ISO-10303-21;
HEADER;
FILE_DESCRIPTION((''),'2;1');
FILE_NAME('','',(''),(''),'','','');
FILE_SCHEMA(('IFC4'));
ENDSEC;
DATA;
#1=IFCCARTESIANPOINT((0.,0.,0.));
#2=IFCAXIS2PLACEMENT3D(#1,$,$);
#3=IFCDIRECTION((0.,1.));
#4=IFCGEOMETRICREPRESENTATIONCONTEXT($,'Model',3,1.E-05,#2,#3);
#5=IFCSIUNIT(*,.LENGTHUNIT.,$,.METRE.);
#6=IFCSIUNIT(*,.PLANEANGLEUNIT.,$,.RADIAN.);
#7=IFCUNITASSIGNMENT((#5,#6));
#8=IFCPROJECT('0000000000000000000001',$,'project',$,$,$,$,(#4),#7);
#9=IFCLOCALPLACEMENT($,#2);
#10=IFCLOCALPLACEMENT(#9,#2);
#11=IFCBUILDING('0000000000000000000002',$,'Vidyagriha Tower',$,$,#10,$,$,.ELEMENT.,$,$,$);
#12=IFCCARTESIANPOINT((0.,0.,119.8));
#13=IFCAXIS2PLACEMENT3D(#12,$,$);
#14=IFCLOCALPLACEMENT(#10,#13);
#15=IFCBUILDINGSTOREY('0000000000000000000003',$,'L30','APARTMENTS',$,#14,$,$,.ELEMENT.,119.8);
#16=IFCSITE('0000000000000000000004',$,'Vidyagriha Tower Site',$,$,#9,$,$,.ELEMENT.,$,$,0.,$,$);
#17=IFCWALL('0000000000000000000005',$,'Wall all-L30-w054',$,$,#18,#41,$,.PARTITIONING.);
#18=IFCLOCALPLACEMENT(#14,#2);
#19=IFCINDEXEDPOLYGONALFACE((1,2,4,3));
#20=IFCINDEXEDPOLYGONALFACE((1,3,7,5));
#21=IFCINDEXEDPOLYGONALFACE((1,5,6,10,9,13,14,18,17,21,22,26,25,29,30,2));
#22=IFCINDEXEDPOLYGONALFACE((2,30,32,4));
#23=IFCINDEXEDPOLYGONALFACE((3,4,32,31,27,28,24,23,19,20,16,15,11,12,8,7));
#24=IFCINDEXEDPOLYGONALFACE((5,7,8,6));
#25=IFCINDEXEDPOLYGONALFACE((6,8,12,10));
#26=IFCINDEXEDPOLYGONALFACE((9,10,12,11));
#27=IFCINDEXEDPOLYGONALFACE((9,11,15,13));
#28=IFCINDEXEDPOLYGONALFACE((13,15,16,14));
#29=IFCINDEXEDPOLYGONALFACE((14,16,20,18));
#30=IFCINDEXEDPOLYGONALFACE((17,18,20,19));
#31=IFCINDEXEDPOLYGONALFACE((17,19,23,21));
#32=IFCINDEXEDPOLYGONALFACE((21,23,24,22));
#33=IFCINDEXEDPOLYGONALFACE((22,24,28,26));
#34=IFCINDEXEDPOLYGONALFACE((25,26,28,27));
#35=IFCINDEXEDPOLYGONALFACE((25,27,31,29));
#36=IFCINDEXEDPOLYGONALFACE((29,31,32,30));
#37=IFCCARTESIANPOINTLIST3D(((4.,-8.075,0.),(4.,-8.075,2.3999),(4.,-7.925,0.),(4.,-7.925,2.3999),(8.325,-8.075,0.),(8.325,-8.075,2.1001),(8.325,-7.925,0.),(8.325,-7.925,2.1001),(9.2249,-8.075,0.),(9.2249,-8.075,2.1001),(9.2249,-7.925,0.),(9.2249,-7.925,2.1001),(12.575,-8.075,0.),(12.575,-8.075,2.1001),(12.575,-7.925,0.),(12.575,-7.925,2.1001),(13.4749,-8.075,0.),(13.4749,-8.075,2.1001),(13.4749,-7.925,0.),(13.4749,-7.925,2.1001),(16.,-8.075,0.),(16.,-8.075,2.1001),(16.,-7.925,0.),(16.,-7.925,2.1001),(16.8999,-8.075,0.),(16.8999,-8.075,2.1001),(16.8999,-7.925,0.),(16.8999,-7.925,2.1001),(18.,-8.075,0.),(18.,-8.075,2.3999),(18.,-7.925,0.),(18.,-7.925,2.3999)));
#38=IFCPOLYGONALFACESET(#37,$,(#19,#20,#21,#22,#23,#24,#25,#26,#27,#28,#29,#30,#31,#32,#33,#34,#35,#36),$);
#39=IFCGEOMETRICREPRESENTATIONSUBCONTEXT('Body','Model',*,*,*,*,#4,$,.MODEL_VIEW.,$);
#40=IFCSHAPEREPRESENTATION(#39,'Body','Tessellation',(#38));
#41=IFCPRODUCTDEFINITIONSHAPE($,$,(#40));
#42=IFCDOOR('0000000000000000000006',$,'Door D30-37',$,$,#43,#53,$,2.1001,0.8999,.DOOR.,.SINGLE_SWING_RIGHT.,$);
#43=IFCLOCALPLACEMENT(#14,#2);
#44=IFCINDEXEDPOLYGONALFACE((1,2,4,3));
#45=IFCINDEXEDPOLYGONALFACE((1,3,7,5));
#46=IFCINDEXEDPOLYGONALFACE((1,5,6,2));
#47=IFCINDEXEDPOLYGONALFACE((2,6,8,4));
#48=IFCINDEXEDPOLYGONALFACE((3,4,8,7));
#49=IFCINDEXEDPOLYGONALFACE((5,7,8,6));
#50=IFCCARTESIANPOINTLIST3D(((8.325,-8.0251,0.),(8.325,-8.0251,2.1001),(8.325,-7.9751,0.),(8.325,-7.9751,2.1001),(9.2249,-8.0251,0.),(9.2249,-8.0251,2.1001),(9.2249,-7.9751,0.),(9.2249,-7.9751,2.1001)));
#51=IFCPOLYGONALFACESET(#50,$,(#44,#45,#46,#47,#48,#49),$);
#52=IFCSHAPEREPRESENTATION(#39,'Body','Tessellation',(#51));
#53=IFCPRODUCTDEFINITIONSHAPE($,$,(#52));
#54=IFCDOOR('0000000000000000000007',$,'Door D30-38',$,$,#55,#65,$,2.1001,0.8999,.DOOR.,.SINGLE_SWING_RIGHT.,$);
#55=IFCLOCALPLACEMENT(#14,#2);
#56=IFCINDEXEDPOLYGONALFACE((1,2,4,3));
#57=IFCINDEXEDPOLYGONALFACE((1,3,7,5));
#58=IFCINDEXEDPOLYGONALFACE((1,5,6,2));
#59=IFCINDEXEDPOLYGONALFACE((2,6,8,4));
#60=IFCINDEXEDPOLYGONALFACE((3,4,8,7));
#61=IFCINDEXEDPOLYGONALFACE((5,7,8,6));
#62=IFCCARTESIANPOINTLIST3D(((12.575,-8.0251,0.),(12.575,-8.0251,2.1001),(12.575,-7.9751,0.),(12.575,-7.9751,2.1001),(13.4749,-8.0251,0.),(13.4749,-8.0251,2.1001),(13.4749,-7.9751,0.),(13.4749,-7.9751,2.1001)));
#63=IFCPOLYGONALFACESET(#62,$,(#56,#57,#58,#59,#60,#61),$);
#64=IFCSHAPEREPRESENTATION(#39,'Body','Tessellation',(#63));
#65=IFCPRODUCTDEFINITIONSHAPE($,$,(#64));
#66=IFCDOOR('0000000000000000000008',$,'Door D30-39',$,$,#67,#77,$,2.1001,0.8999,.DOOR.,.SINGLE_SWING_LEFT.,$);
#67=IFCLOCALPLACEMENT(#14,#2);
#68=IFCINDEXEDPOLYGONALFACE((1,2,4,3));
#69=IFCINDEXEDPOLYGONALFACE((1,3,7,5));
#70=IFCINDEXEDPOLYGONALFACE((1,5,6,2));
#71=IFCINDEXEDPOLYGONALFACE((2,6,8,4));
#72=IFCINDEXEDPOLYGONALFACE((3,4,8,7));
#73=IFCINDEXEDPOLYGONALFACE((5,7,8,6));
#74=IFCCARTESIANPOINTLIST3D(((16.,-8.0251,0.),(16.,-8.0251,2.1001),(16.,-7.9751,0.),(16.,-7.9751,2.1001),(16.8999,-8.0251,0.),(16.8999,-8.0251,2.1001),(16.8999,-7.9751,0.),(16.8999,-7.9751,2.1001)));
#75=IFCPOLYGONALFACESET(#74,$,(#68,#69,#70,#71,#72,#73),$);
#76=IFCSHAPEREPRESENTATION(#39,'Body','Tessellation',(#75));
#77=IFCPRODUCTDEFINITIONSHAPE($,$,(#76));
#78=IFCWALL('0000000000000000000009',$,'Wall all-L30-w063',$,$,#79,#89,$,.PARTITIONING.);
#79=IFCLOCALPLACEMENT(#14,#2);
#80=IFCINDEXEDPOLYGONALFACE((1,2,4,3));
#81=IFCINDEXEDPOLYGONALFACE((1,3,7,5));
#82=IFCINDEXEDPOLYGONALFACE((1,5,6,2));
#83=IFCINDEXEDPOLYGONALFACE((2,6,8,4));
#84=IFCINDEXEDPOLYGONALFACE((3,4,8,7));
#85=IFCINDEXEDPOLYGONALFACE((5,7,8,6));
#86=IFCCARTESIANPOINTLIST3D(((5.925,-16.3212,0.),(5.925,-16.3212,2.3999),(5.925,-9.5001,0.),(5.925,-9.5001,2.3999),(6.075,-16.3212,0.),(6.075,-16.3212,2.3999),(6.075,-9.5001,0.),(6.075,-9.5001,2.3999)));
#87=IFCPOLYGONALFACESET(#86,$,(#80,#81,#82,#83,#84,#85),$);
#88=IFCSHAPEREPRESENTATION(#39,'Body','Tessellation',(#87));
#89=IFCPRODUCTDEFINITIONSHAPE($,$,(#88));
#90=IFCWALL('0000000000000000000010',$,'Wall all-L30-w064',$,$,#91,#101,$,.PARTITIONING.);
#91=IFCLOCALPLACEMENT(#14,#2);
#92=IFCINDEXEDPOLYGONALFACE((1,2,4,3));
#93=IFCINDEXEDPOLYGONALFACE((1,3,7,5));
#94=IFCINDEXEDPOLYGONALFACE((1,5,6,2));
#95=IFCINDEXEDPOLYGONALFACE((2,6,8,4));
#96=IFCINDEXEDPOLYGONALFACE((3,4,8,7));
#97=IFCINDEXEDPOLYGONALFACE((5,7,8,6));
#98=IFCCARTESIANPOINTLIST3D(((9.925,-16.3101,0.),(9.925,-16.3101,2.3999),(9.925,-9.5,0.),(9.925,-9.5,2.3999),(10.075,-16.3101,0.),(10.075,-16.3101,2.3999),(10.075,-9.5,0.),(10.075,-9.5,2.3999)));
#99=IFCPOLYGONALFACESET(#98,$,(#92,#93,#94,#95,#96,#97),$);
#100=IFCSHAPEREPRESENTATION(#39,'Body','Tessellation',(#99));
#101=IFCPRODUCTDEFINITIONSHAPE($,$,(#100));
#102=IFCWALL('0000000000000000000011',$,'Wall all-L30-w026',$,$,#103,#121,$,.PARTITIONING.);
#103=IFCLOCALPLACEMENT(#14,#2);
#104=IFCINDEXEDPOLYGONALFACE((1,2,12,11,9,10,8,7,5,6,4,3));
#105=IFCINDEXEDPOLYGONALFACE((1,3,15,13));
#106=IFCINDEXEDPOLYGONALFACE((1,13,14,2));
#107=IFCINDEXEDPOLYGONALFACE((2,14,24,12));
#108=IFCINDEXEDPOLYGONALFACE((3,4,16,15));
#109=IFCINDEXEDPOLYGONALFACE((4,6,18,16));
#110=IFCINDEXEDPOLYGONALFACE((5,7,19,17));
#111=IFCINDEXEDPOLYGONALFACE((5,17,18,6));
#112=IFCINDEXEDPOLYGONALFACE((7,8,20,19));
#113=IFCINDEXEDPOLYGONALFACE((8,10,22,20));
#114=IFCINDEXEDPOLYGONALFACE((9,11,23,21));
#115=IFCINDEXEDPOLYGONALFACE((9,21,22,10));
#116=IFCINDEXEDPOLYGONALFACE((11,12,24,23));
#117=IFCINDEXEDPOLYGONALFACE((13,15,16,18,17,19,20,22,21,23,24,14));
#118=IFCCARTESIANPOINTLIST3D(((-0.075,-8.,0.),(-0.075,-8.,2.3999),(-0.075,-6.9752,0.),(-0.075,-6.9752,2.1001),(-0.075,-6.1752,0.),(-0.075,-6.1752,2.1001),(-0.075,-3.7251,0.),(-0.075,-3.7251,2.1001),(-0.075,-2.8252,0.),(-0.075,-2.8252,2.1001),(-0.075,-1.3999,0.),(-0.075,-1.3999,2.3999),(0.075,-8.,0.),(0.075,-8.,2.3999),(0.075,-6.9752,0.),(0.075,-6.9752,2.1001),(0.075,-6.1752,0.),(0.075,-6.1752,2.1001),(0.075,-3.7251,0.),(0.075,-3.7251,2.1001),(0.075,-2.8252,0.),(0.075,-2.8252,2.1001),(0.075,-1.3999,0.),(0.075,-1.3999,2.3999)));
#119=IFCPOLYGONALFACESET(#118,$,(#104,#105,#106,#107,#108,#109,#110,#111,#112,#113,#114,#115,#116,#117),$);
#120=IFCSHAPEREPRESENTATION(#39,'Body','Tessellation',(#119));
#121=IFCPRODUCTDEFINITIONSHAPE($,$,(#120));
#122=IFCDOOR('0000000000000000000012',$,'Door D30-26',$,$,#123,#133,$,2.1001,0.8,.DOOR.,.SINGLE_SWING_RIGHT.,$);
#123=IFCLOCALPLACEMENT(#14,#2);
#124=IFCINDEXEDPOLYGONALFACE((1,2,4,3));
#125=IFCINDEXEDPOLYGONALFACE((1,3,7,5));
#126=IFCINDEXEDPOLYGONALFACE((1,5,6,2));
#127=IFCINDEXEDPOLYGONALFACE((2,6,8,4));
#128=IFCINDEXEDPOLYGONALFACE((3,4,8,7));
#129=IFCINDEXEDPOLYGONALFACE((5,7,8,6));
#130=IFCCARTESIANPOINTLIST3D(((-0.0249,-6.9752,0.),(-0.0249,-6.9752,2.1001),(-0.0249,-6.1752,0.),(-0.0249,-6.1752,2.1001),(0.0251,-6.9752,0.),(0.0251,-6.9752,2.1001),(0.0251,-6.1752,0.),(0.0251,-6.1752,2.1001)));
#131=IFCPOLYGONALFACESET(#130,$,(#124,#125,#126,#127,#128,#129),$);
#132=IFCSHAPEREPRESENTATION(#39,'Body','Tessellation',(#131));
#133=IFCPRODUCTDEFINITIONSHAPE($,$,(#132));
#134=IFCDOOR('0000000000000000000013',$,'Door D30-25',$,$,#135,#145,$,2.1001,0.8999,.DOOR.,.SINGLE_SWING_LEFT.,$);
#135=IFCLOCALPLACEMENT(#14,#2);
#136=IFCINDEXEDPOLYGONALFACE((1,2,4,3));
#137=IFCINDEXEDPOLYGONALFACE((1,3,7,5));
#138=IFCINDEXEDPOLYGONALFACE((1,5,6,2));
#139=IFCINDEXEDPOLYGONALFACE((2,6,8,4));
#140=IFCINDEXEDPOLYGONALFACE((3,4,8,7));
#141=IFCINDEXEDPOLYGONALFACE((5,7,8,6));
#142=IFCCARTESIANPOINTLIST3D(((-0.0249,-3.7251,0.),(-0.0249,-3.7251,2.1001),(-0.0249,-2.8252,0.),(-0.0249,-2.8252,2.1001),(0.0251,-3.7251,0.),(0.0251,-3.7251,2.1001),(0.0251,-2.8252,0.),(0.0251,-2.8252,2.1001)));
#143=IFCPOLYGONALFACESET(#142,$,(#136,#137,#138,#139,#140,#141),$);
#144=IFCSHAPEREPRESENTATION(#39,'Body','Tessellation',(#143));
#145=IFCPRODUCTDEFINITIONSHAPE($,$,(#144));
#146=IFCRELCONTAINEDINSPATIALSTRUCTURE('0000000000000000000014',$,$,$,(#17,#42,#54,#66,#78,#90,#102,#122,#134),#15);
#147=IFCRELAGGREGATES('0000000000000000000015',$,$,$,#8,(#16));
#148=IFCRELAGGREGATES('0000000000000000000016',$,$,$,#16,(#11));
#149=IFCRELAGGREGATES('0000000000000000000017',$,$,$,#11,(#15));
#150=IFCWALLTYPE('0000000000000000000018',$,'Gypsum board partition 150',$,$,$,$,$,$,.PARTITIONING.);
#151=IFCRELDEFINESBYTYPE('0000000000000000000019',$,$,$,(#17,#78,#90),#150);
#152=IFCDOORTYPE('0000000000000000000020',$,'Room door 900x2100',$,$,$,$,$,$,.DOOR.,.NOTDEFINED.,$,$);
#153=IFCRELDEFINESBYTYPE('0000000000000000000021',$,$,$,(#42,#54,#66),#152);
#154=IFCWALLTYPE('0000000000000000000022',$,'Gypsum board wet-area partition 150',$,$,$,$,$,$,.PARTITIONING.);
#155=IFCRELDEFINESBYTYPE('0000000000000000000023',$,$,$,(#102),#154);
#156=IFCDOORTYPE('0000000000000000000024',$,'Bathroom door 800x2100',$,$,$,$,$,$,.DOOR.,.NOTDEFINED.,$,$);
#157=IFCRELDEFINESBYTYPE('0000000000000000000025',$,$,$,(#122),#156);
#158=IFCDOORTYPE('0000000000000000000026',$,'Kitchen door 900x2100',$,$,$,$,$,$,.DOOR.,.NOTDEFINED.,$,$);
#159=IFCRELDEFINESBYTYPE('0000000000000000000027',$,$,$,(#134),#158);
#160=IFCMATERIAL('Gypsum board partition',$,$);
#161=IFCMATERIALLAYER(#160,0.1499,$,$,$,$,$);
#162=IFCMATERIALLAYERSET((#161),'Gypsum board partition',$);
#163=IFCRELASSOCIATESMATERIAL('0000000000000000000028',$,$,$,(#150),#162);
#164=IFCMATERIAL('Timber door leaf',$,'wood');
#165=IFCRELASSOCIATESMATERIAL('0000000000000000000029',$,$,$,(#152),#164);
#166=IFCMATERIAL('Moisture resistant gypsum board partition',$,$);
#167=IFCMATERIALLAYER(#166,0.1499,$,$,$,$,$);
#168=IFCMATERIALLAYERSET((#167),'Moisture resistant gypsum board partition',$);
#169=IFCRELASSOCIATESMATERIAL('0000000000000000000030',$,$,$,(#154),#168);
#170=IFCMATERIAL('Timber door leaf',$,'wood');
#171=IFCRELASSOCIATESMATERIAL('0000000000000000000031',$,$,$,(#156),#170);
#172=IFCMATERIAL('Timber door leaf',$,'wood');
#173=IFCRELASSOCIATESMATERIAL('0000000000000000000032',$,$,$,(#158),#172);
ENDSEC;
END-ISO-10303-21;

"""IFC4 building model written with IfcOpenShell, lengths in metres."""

from ifc_helpers import new_model, si_unit, direction, frame, frame_2d, origin, place, context, subcontext, project, spatial, rectangle, extrude, material, layer, layer_set, type_object, element, fill, save


model = new_model("IFC4")

# Units and contexts
model_context = context("Model", 3, precision=1e-05, world=origin(), true_north=direction((0.0, 1.0)))
body_context = subcontext(model_context, "Body", "Model", "MODEL_VIEW")
ifc_project = project(units=[si_unit("LENGTHUNIT", "METRE"), si_unit("PLANEANGLEUNIT", "RADIAN")], contexts=[model_context])

# Site, building, storey
site_placement = place(None, origin())
site = spatial("IfcSite", under=ifc_project, at=site_placement, Name="Vidyagriha Tower Site", CompositionType="ELEMENT", RefElevation=0.0)
building_placement = place(site_placement, origin())
building = spatial("IfcBuilding", under=site, at=building_placement, Name="Vidyagriha Tower", CompositionType="ELEMENT")
storey_placement = place(building_placement, frame((0.0, 0.0, 119.8)))
storey = spatial("IfcBuildingStorey", under=building, at=storey_placement, Name="L30", Description="APARTMENTS", CompositionType="ELEMENT", Elevation=119.8)

# Shared definitions
ifc_material_1 = material(Name="Gypsum board partition")
ifc_layer_1 = layer(ifc_material_1, 0.1499)
ifc_layer_set_1 = layer_set([ifc_layer_1], Name="Gypsum board partition")
wall_type_1 = type_object("IfcWallType", Name="Gypsum board partition 150", PredefinedType="PARTITIONING", material=ifc_layer_set_1)

# Shared definitions
ifc_material_2 = material(Name="Timber door leaf", Category="wood")
door_type_1 = type_object("IfcDoorType", Name="Room door 900x2100", OperationType="NOTDEFINED", PredefinedType="DOOR", material=ifc_material_2)

# Wall, openings, doors
wall_1_placement = place(storey_placement, frame((4.0, -8.0, 0.0)))
wall_1 = element("IfcWall", 1, at=wall_1_placement, inside=storey, type_object=wall_type_1, Name="Wall all-L30-w054", PredefinedType="PARTITIONING", context=body_context, shape_type="SweptSolid", body=[
    extrude(rectangle(XDim=14.0, YDim=0.1499, at=frame_2d((7.0, 0.0))), origin(), (0.0, 0.0, 1.0), 2.3999),
])
opening_1_placement = place(wall_1_placement, frame((4.325, 0.0, 0.0)))
opening_1 = element("IfcOpeningElement", 2, at=opening_1_placement, cuts=wall_1, PredefinedType="OPENING", context=body_context, shape_type="SweptSolid", body=[
    extrude(rectangle(XDim=0.8999, YDim=2.1001, at=frame_2d((0.45, 1.05))), frame((0.0, 0.085, 0.0), z_axis=(0.0, -1.0, 0.0), x_axis=(1.0, 0.0, 0.0)), (0.0, 0.0, 1.0), 0.1699),
])
opening_2_placement = place(wall_1_placement, frame((8.575, 0.0, 0.0)))
opening_2 = element("IfcOpeningElement", 3, at=opening_2_placement, cuts=wall_1, PredefinedType="OPENING", context=body_context, shape_type="SweptSolid", body=[
    extrude(rectangle(XDim=0.8999, YDim=2.1001, at=frame_2d((0.45, 1.05))), frame((0.0, 0.085, 0.0), z_axis=(0.0, -1.0, 0.0), x_axis=(1.0, 0.0, 0.0)), (0.0, 0.0, 1.0), 0.1699),
])
opening_3_placement = place(wall_1_placement, frame((12.0, 0.0, 0.0)))
opening_3 = element("IfcOpeningElement", 4, at=opening_3_placement, cuts=wall_1, PredefinedType="OPENING", context=body_context, shape_type="SweptSolid", body=[
    extrude(rectangle(XDim=0.8999, YDim=2.1001, at=frame_2d((0.45, 1.05))), frame((0.0, 0.085, 0.0), z_axis=(0.0, -1.0, 0.0), x_axis=(1.0, 0.0, 0.0)), (0.0, 0.0, 1.0), 0.1699),
])
door_1_placement = place(opening_1_placement, origin())
door_1 = element("IfcDoor", 5, at=door_1_placement, inside=storey, type_object=door_type_1, Name="Door D30-37", OperationType="SINGLE_SWING_RIGHT", OverallHeight=2.1001, OverallWidth=0.8999, PredefinedType="DOOR", context=body_context, shape_type="SweptSolid", body=[
    extrude(rectangle(XDim=0.8999, YDim=2.1001, at=frame_2d((0.45, 1.05))), frame((0.0, 0.0249, 0.0), z_axis=(0.0, -1.0, 0.0), x_axis=(1.0, 0.0, 0.0)), (0.0, 0.0, 1.0), 0.05),
])
fill(opening_1, door_1)
door_2_placement = place(opening_2_placement, origin())
door_2 = element("IfcDoor", 6, at=door_2_placement, inside=storey, type_object=door_type_1, Name="Door D30-38", OperationType="SINGLE_SWING_RIGHT", OverallHeight=2.1001, OverallWidth=0.8999, PredefinedType="DOOR", context=body_context, shape_type="SweptSolid", body=[
    extrude(rectangle(XDim=0.8999, YDim=2.1001, at=frame_2d((0.45, 1.05))), frame((0.0, 0.0249, 0.0), z_axis=(0.0, -1.0, 0.0), x_axis=(1.0, 0.0, 0.0)), (0.0, 0.0, 1.0), 0.05),
])
fill(opening_2, door_2)
door_3_placement = place(opening_3_placement, origin())
door_3 = element("IfcDoor", 7, at=door_3_placement, inside=storey, type_object=door_type_1, Name="Door D30-39", OperationType="SINGLE_SWING_LEFT", OverallHeight=2.1001, OverallWidth=0.8999, PredefinedType="DOOR", context=body_context, shape_type="SweptSolid", body=[
    extrude(rectangle(XDim=0.8999, YDim=2.1001, at=frame_2d((0.45, 1.05))), frame((0.0, 0.0249, 0.0), z_axis=(0.0, -1.0, 0.0), x_axis=(1.0, 0.0, 0.0)), (0.0, 0.0, 1.0), 0.05),
])
fill(opening_3, door_3)

# Walls
wall_2_placement = place(storey_placement, frame((6.0, -9.5, 0.0), z_axis=(0.0, 0.0, 1.0), x_axis=(0.0, -1.0, 0.0)))
element("IfcWall", 8, at=wall_2_placement, inside=storey, type_object=wall_type_1, Name="Wall all-L30-w063", PredefinedType="PARTITIONING", context=body_context, shape_type="SweptSolid", body=[
    extrude(rectangle(XDim=6.821, YDim=0.1499, at=frame_2d((3.4106, 0.0))), origin(), (0.0, 0.0, 1.0), 2.3999),
])
wall_3_placement = place(storey_placement, frame((10.0, -9.5, 0.0), z_axis=(0.0, 0.0, 1.0), x_axis=(0.0, -1.0, 0.0)))
element("IfcWall", 9, at=wall_3_placement, inside=storey, type_object=wall_type_1, Name="Wall all-L30-w064", PredefinedType="PARTITIONING", context=body_context, shape_type="SweptSolid", body=[
    extrude(rectangle(XDim=6.8101, YDim=0.1499, at=frame_2d((3.405, 0.0))), origin(), (0.0, 0.0, 1.0), 2.3999),
])

# Wall, openings, doors
ifc_material_3 = material(Name="Moisture resistant gypsum board partition")
ifc_layer_2 = layer(ifc_material_3, 0.1499)
ifc_layer_set_2 = layer_set([ifc_layer_2], Name="Moisture resistant gypsum board partition")
wall_type_2 = type_object("IfcWallType", Name="Gypsum board wet-area partition 150", PredefinedType="PARTITIONING", material=ifc_layer_set_2)
wall_4_placement = place(storey_placement, frame((0.0, -8.0, 0.0), z_axis=(0.0, 0.0, 1.0), x_axis=(0.0, 1.0, 0.0)))
wall_4 = element("IfcWall", 10, at=wall_4_placement, inside=storey, type_object=wall_type_2, Name="Wall all-L30-w026", PredefinedType="PARTITIONING", context=body_context, shape_type="SweptSolid", body=[
    extrude(rectangle(XDim=6.6001, YDim=0.1499, at=frame_2d((3.3, 0.0))), origin(), (0.0, 0.0, 1.0), 2.3999),
])
opening_4_placement = place(wall_4_placement, frame((4.2749, 0.0, 0.0)))
opening_4 = element("IfcOpeningElement", 11, at=opening_4_placement, cuts=wall_4, PredefinedType="OPENING", context=body_context, shape_type="SweptSolid", body=[
    extrude(rectangle(XDim=0.8999, YDim=2.1001, at=frame_2d((0.45, 1.05))), frame((0.0, 0.085, 0.0), z_axis=(0.0, -1.0, 0.0), x_axis=(1.0, 0.0, 0.0)), (0.0, 0.0, 1.0), 0.1699),
])
opening_5_placement = place(wall_4_placement, frame((1.0249, 0.0, 0.0)))
opening_5 = element("IfcOpeningElement", 12, at=opening_5_placement, cuts=wall_4, PredefinedType="OPENING", context=body_context, shape_type="SweptSolid", body=[
    extrude(rectangle(XDim=0.8, YDim=2.1001, at=frame_2d((0.3999, 1.05))), frame((0.0, 0.085, 0.0), z_axis=(0.0, -1.0, 0.0), x_axis=(1.0, 0.0, 0.0)), (0.0, 0.0, 1.0), 0.1699),
])
ifc_material_4 = material(Name="Timber door leaf", Category="wood")
door_type_2 = type_object("IfcDoorType", Name="Bathroom door 800x2100", OperationType="NOTDEFINED", PredefinedType="DOOR", material=ifc_material_4)
door_4_placement = place(opening_5_placement, origin())
door_4 = element("IfcDoor", 13, at=door_4_placement, inside=storey, type_object=door_type_2, Name="Door D30-26", OperationType="SINGLE_SWING_RIGHT", OverallHeight=2.1001, OverallWidth=0.8, PredefinedType="DOOR", context=body_context, shape_type="SweptSolid", body=[
    extrude(rectangle(XDim=0.8, YDim=2.1001, at=frame_2d((0.3999, 1.05))), frame((0.0, 0.0249, 0.0), z_axis=(0.0, -1.0, 0.0), x_axis=(1.0, 0.0, 0.0)), (0.0, 0.0, 1.0), 0.05),
])
fill(opening_5, door_4)
ifc_material_5 = material(Name="Timber door leaf", Category="wood")
door_type_3 = type_object("IfcDoorType", Name="Kitchen door 900x2100", OperationType="NOTDEFINED", PredefinedType="DOOR", material=ifc_material_5)
door_5_placement = place(opening_4_placement, origin())
door_5 = element("IfcDoor", 14, at=door_5_placement, inside=storey, type_object=door_type_3, Name="Door D30-25", OperationType="SINGLE_SWING_LEFT", OverallHeight=2.1001, OverallWidth=0.8999, PredefinedType="DOOR", context=body_context, shape_type="SweptSolid", body=[
    extrude(rectangle(XDim=0.8999, YDim=2.1001, at=frame_2d((0.45, 1.05))), frame((0.0, 0.0249, 0.0), z_axis=(0.0, -1.0, 0.0), x_axis=(1.0, 0.0, 0.0)), (0.0, 0.0, 1.0), 0.05),
])
fill(opening_4, door_5)

save(model, "model.ifc")
